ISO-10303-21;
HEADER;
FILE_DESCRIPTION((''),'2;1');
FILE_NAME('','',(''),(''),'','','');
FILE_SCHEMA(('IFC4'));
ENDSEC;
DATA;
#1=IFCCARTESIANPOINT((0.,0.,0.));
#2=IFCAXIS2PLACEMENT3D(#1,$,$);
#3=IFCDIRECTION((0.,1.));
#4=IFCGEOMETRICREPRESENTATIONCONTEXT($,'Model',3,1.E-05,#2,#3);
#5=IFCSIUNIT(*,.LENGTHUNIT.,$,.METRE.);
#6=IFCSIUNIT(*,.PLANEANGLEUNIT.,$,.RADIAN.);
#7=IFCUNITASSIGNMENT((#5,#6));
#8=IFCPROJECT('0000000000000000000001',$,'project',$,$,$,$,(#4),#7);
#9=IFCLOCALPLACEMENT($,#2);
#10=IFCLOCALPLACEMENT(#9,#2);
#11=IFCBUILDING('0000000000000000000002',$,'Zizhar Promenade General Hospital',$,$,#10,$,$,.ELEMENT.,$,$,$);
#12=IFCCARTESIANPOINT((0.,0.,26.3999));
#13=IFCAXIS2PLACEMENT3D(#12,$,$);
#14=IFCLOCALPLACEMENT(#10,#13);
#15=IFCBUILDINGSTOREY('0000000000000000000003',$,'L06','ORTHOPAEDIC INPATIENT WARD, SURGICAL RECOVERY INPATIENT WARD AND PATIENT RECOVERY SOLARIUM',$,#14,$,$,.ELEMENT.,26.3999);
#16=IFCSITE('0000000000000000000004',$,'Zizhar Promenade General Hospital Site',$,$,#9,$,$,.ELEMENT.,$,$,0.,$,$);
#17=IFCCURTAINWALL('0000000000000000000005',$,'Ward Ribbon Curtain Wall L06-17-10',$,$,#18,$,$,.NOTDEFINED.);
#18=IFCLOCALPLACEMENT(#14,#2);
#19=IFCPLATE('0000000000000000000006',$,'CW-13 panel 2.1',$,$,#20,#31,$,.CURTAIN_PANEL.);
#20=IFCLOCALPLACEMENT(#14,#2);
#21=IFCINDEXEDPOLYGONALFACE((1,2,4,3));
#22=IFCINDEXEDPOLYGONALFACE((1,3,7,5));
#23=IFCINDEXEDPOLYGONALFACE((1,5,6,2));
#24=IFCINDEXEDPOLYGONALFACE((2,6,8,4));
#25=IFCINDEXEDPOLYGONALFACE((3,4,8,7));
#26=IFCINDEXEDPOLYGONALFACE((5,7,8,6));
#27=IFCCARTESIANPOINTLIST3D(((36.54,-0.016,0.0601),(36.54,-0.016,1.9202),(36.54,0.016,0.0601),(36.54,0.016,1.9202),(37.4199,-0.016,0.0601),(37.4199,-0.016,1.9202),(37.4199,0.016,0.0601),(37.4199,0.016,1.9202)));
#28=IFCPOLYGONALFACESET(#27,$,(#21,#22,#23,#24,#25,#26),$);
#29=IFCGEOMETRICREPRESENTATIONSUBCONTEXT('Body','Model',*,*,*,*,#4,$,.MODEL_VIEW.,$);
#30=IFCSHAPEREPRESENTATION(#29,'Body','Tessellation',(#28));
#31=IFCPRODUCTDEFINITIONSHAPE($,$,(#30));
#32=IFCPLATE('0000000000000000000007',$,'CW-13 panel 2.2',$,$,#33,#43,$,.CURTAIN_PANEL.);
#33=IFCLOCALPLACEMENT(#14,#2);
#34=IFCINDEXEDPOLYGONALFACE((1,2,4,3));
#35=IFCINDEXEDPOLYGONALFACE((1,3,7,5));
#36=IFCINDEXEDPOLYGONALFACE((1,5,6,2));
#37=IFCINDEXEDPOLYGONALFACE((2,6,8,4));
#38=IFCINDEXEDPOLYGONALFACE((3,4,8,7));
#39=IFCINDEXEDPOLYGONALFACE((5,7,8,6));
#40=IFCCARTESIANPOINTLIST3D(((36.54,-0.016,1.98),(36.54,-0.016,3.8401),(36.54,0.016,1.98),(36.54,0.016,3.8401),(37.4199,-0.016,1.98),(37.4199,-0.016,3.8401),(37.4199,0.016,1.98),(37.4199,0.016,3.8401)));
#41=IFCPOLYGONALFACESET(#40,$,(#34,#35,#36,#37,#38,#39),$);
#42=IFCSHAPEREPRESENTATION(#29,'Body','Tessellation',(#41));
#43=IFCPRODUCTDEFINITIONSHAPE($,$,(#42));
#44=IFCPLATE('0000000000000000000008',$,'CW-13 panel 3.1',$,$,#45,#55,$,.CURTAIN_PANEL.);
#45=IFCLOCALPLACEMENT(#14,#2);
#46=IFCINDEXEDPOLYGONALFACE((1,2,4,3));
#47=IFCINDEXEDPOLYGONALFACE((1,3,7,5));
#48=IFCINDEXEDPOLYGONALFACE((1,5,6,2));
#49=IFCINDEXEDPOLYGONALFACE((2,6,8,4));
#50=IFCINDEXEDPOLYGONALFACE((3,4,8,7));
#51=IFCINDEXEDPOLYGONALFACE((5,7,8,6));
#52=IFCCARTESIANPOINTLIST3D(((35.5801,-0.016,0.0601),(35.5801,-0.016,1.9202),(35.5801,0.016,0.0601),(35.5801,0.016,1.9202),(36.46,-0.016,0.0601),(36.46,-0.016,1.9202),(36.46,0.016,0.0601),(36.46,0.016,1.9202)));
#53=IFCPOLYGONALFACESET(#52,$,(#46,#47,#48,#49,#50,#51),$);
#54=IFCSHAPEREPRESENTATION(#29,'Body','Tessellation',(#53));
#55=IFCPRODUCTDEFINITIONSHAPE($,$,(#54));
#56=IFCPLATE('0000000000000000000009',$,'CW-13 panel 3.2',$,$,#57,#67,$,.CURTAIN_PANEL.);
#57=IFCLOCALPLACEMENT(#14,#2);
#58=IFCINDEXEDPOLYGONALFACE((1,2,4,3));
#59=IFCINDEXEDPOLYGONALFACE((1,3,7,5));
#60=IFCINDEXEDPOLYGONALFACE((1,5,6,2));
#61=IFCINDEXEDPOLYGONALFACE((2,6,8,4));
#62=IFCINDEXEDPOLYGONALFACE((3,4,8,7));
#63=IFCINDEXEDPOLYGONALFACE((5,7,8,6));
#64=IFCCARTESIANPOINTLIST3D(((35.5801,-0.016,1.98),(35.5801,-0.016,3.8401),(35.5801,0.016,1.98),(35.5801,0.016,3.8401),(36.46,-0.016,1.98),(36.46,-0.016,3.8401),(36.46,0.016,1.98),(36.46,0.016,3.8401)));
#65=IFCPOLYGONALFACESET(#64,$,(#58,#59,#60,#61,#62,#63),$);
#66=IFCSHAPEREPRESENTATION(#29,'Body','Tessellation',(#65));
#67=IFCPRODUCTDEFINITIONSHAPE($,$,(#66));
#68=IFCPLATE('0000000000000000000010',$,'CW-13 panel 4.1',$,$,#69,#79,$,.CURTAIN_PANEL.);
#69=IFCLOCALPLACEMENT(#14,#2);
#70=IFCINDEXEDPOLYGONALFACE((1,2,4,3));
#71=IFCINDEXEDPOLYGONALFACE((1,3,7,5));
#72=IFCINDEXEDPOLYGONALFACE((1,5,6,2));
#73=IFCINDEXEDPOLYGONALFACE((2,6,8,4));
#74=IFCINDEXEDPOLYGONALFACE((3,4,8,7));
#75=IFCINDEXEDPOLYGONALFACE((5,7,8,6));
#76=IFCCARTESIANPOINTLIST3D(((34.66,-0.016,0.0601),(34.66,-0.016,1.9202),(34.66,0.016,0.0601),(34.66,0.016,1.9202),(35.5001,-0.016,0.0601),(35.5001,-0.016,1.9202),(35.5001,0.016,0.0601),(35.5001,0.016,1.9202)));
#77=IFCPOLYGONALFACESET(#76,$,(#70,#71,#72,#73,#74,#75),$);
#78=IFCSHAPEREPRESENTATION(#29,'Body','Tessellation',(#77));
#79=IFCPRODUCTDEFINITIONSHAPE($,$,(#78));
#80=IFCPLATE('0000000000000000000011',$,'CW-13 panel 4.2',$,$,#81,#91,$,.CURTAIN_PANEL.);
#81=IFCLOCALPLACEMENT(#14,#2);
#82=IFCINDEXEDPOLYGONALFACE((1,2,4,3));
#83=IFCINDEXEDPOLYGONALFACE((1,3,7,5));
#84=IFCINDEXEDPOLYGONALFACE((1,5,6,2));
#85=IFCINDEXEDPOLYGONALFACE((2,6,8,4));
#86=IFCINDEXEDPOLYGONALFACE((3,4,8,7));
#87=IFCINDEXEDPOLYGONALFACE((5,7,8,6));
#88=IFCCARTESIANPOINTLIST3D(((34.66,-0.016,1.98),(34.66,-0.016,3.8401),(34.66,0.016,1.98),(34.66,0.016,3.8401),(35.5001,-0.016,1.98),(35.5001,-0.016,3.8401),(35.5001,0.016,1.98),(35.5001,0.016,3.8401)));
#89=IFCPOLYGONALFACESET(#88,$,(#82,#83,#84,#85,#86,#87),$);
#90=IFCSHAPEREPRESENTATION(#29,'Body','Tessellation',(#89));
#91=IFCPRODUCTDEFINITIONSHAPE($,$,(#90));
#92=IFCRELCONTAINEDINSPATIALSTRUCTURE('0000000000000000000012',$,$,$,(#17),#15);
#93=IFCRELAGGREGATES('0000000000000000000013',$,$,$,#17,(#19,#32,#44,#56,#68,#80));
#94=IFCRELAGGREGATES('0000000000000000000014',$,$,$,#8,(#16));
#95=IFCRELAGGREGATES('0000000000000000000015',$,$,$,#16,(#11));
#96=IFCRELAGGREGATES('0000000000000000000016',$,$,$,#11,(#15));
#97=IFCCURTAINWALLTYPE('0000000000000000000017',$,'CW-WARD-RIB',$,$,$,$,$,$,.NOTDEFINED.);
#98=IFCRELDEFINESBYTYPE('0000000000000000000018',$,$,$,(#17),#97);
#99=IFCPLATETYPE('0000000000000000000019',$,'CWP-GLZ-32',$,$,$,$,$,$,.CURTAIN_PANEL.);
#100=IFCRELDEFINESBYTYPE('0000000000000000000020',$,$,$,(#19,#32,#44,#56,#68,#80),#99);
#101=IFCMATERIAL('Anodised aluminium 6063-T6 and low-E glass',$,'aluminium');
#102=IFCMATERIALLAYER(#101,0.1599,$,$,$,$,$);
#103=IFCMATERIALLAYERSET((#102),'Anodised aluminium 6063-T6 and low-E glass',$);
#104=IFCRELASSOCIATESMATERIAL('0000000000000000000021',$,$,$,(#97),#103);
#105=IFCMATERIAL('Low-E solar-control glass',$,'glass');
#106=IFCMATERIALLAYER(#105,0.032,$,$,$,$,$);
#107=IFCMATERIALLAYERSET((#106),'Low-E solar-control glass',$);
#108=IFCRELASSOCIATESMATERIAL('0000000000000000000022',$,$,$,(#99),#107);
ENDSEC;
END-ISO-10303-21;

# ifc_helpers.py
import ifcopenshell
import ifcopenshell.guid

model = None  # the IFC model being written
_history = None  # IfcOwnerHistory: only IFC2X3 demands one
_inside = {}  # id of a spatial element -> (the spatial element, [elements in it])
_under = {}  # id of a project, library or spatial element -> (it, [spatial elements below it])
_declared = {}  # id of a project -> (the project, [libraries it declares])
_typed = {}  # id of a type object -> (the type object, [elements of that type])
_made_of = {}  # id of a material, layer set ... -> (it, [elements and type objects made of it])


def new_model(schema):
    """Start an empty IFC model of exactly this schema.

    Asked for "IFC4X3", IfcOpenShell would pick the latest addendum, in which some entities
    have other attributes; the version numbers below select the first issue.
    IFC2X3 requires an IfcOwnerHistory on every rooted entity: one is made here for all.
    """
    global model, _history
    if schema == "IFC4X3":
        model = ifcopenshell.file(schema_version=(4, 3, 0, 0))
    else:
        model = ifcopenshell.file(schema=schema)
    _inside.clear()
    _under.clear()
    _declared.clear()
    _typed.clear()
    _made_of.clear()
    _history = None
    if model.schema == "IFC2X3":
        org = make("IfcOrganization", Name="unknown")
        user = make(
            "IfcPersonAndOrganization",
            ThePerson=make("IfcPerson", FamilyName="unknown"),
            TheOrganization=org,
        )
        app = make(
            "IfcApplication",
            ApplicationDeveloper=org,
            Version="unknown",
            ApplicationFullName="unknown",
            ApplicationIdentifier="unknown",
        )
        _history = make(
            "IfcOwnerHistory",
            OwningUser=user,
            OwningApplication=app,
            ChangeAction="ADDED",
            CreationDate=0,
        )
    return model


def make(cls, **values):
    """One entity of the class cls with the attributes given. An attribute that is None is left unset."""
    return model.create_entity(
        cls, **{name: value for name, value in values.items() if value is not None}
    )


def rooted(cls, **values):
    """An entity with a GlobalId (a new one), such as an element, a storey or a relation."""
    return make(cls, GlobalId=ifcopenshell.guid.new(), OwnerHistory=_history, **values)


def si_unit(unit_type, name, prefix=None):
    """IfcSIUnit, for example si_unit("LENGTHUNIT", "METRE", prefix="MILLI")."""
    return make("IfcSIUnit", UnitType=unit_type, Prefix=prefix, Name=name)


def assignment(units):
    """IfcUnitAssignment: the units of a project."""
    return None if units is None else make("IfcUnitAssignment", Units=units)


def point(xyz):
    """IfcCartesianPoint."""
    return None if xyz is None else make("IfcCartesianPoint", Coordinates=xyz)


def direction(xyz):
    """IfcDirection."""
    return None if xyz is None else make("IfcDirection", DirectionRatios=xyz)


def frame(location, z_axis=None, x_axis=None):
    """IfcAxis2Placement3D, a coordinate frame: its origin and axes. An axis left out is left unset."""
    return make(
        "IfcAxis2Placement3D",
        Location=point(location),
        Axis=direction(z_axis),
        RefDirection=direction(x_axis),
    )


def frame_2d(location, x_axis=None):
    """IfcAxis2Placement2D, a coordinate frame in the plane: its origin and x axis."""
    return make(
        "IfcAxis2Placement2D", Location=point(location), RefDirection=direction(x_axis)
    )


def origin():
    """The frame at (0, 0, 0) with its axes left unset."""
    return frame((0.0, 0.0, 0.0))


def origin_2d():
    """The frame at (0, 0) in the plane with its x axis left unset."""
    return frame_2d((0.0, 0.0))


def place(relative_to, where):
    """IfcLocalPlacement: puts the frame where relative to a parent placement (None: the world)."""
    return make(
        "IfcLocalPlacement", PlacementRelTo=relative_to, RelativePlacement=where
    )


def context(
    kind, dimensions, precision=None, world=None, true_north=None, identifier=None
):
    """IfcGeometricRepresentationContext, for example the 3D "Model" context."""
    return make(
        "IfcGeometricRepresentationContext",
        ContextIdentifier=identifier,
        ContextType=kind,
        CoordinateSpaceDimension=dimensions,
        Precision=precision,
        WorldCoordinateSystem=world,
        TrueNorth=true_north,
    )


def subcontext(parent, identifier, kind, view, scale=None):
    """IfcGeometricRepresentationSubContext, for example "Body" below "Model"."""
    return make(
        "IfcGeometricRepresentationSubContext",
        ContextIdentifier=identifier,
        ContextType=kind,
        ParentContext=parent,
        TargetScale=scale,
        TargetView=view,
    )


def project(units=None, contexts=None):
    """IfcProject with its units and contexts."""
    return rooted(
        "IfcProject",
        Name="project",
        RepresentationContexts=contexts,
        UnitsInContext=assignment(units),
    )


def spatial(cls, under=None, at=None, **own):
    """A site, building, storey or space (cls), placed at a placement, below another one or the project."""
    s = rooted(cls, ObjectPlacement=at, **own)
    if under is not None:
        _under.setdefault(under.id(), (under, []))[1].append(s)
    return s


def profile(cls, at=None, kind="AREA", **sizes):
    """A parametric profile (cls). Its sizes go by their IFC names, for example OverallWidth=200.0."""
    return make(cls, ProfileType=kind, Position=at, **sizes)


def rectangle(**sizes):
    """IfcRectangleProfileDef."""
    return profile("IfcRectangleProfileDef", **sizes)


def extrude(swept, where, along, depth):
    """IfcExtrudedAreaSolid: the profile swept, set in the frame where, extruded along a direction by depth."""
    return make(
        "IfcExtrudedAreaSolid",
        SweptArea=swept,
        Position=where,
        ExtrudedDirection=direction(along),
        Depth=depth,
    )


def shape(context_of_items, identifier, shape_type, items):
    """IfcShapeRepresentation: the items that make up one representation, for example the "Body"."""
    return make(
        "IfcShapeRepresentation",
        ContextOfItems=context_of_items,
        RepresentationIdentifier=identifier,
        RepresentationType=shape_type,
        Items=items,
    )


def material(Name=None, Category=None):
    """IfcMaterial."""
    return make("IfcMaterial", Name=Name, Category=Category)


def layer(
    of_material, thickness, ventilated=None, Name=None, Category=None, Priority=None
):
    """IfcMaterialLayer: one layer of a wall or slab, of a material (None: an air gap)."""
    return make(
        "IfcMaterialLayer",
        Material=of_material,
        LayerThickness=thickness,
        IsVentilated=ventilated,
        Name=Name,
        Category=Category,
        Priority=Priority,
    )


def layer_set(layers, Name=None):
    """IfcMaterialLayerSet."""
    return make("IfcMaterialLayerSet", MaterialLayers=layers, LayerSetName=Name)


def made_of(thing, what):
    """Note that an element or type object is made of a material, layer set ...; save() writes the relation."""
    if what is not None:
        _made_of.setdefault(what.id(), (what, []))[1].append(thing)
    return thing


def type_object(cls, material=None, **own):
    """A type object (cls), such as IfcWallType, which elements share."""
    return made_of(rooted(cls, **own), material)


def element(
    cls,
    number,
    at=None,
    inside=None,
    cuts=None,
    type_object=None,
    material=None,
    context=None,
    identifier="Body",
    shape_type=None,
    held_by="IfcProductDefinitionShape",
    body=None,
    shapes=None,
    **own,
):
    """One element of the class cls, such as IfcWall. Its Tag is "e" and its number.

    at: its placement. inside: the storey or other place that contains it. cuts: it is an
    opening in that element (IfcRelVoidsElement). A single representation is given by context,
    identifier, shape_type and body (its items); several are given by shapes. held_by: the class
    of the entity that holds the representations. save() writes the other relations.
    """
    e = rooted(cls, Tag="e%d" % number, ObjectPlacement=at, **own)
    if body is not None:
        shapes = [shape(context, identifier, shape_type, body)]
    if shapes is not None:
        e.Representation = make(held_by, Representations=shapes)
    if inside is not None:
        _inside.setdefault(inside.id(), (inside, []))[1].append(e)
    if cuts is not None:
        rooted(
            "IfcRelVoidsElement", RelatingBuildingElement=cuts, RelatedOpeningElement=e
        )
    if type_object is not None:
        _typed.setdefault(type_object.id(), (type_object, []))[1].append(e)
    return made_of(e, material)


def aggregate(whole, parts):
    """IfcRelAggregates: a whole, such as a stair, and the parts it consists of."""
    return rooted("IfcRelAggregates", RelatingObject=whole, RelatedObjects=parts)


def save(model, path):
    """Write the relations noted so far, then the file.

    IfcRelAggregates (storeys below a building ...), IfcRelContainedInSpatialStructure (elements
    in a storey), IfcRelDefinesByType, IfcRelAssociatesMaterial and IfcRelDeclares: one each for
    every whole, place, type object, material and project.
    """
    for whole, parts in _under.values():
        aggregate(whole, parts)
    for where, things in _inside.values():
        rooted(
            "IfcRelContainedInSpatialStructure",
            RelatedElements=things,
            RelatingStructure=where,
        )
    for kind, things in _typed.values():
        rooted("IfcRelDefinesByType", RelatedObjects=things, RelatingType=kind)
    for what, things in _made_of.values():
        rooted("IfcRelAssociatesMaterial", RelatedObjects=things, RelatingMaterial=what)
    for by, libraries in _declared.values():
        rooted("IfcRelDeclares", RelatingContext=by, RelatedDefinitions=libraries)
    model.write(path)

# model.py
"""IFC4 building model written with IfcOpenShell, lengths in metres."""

from ifc_helpers import new_model, si_unit, direction, frame, origin, origin_2d, place, context, subcontext, project, spatial, rectangle, extrude, material, layer, layer_set, type_object, element, aggregate, save


model = new_model("IFC4")

# Units and contexts
model_context = context("Model", 3, precision=1e-05, world=origin(), true_north=direction((0.0, 1.0)))
body_context = subcontext(model_context, "Body", "Model", "MODEL_VIEW")
ifc_project = project(units=[si_unit("LENGTHUNIT", "METRE"), si_unit("PLANEANGLEUNIT", "RADIAN")], contexts=[model_context])

# Site, building, storey
site_placement = place(None, origin())
site = spatial("IfcSite", under=ifc_project, at=site_placement, Name="Zizhar Promenade General Hospital Site", CompositionType="ELEMENT", RefElevation=0.0)
building_placement = place(site_placement, origin())
building = spatial("IfcBuilding", under=site, at=building_placement, Name="Zizhar Promenade General Hospital", CompositionType="ELEMENT")
storey_placement = place(building_placement, frame((0.0, 0.0, 26.3999)))
storey = spatial("IfcBuildingStorey", under=building, at=storey_placement, Name="L06", Description="ORTHOPAEDIC INPATIENT WARD, SURGICAL RECOVERY INPATIENT WARD AND PATIENT RECOVERY SOLARIUM", CompositionType="ELEMENT", Elevation=26.3999)

# Curtain wall, plates
ifc_material_1 = material(Name="Anodised aluminium 6063-T6 and low-E glass", Category="aluminium")
ifc_layer_1 = layer(ifc_material_1, 0.1599)
ifc_layer_set_1 = layer_set([ifc_layer_1], Name="Anodised aluminium 6063-T6 and low-E glass")
curtain_wall_type = type_object("IfcCurtainWallType", Name="CW-WARD-RIB", PredefinedType="NOTDEFINED", material=ifc_layer_set_1)
curtain_wall_placement = place(storey_placement, origin())
curtain_wall = element("IfcCurtainWall", 1, at=curtain_wall_placement, inside=storey, type_object=curtain_wall_type, Name="Ward Ribbon Curtain Wall L06-17-10", PredefinedType="NOTDEFINED")
ifc_material_2 = material(Name="Low-E solar-control glass", Category="glass")
ifc_layer_2 = layer(ifc_material_2, 0.032)
ifc_layer_set_2 = layer_set([ifc_layer_2], Name="Low-E solar-control glass")
plate_type = type_object("IfcPlateType", Name="CWP-GLZ-32", PredefinedType="CURTAIN_PANEL", material=ifc_layer_set_2)
plate_1_placement = place(storey_placement, frame((36.98, 0.0, 0.0601), z_axis=(0.0, 0.0, 1.0), x_axis=(-1.0, 0.0, 0.0)))
plate_1 = element("IfcPlate", 2, at=plate_1_placement, type_object=plate_type, Name="CW-13 panel 2.1", PredefinedType="CURTAIN_PANEL", context=body_context, shape_type="SweptSolid", body=[
    extrude(rectangle(XDim=0.8799, YDim=0.032, at=origin_2d()), origin(), (0.0, 0.0, 1.0), 1.8601),
])
plate_2_placement = place(storey_placement, frame((36.98, 0.0, 1.98), z_axis=(0.0, 0.0, 1.0), x_axis=(-1.0, 0.0, 0.0)))
plate_2 = element("IfcPlate", 3, at=plate_2_placement, type_object=plate_type, Name="CW-13 panel 2.2", PredefinedType="CURTAIN_PANEL", context=body_context, shape_type="SweptSolid", body=[
    extrude(rectangle(XDim=0.8799, YDim=0.032, at=origin_2d()), origin(), (0.0, 0.0, 1.0), 1.8601),
])
plate_3_placement = place(storey_placement, frame((36.02, 0.0, 0.0601), z_axis=(0.0, 0.0, 1.0), x_axis=(-1.0, 0.0, 0.0)))
plate_3 = element("IfcPlate", 4, at=plate_3_placement, type_object=plate_type, Name="CW-13 panel 3.1", PredefinedType="CURTAIN_PANEL", context=body_context, shape_type="SweptSolid", body=[
    extrude(rectangle(XDim=0.8799, YDim=0.032, at=origin_2d()), origin(), (0.0, 0.0, 1.0), 1.8601),
])
plate_4_placement = place(storey_placement, frame((36.02, 0.0, 1.98), z_axis=(0.0, 0.0, 1.0), x_axis=(-1.0, 0.0, 0.0)))
plate_4 = element("IfcPlate", 5, at=plate_4_placement, type_object=plate_type, Name="CW-13 panel 3.2", PredefinedType="CURTAIN_PANEL", context=body_context, shape_type="SweptSolid", body=[
    extrude(rectangle(XDim=0.8799, YDim=0.032, at=origin_2d()), origin(), (0.0, 0.0, 1.0), 1.8601),
])
plate_5_placement = place(storey_placement, frame((35.0801, 0.0, 0.0601), z_axis=(0.0, 0.0, 1.0), x_axis=(-1.0, 0.0, 0.0)))
plate_5 = element("IfcPlate", 6, at=plate_5_placement, type_object=plate_type, Name="CW-13 panel 4.1", PredefinedType="CURTAIN_PANEL", context=body_context, shape_type="SweptSolid", body=[
    extrude(rectangle(XDim=0.8401, YDim=0.032, at=origin_2d()), origin(), (0.0, 0.0, 1.0), 1.8601),
])
plate_6_placement = place(storey_placement, frame((35.0801, 0.0, 1.98), z_axis=(0.0, 0.0, 1.0), x_axis=(-1.0, 0.0, 0.0)))
plate_6 = element("IfcPlate", 7, at=plate_6_placement, type_object=plate_type, Name="CW-13 panel 4.2", PredefinedType="CURTAIN_PANEL", context=body_context, shape_type="SweptSolid", body=[
    extrude(rectangle(XDim=0.8401, YDim=0.032, at=origin_2d()), origin(), (0.0, 0.0, 1.0), 1.8601),
])
aggregate(curtain_wall, [plate_1, plate_2, plate_3, plate_4, plate_5, plate_6])

save(model, "model.ifc")
